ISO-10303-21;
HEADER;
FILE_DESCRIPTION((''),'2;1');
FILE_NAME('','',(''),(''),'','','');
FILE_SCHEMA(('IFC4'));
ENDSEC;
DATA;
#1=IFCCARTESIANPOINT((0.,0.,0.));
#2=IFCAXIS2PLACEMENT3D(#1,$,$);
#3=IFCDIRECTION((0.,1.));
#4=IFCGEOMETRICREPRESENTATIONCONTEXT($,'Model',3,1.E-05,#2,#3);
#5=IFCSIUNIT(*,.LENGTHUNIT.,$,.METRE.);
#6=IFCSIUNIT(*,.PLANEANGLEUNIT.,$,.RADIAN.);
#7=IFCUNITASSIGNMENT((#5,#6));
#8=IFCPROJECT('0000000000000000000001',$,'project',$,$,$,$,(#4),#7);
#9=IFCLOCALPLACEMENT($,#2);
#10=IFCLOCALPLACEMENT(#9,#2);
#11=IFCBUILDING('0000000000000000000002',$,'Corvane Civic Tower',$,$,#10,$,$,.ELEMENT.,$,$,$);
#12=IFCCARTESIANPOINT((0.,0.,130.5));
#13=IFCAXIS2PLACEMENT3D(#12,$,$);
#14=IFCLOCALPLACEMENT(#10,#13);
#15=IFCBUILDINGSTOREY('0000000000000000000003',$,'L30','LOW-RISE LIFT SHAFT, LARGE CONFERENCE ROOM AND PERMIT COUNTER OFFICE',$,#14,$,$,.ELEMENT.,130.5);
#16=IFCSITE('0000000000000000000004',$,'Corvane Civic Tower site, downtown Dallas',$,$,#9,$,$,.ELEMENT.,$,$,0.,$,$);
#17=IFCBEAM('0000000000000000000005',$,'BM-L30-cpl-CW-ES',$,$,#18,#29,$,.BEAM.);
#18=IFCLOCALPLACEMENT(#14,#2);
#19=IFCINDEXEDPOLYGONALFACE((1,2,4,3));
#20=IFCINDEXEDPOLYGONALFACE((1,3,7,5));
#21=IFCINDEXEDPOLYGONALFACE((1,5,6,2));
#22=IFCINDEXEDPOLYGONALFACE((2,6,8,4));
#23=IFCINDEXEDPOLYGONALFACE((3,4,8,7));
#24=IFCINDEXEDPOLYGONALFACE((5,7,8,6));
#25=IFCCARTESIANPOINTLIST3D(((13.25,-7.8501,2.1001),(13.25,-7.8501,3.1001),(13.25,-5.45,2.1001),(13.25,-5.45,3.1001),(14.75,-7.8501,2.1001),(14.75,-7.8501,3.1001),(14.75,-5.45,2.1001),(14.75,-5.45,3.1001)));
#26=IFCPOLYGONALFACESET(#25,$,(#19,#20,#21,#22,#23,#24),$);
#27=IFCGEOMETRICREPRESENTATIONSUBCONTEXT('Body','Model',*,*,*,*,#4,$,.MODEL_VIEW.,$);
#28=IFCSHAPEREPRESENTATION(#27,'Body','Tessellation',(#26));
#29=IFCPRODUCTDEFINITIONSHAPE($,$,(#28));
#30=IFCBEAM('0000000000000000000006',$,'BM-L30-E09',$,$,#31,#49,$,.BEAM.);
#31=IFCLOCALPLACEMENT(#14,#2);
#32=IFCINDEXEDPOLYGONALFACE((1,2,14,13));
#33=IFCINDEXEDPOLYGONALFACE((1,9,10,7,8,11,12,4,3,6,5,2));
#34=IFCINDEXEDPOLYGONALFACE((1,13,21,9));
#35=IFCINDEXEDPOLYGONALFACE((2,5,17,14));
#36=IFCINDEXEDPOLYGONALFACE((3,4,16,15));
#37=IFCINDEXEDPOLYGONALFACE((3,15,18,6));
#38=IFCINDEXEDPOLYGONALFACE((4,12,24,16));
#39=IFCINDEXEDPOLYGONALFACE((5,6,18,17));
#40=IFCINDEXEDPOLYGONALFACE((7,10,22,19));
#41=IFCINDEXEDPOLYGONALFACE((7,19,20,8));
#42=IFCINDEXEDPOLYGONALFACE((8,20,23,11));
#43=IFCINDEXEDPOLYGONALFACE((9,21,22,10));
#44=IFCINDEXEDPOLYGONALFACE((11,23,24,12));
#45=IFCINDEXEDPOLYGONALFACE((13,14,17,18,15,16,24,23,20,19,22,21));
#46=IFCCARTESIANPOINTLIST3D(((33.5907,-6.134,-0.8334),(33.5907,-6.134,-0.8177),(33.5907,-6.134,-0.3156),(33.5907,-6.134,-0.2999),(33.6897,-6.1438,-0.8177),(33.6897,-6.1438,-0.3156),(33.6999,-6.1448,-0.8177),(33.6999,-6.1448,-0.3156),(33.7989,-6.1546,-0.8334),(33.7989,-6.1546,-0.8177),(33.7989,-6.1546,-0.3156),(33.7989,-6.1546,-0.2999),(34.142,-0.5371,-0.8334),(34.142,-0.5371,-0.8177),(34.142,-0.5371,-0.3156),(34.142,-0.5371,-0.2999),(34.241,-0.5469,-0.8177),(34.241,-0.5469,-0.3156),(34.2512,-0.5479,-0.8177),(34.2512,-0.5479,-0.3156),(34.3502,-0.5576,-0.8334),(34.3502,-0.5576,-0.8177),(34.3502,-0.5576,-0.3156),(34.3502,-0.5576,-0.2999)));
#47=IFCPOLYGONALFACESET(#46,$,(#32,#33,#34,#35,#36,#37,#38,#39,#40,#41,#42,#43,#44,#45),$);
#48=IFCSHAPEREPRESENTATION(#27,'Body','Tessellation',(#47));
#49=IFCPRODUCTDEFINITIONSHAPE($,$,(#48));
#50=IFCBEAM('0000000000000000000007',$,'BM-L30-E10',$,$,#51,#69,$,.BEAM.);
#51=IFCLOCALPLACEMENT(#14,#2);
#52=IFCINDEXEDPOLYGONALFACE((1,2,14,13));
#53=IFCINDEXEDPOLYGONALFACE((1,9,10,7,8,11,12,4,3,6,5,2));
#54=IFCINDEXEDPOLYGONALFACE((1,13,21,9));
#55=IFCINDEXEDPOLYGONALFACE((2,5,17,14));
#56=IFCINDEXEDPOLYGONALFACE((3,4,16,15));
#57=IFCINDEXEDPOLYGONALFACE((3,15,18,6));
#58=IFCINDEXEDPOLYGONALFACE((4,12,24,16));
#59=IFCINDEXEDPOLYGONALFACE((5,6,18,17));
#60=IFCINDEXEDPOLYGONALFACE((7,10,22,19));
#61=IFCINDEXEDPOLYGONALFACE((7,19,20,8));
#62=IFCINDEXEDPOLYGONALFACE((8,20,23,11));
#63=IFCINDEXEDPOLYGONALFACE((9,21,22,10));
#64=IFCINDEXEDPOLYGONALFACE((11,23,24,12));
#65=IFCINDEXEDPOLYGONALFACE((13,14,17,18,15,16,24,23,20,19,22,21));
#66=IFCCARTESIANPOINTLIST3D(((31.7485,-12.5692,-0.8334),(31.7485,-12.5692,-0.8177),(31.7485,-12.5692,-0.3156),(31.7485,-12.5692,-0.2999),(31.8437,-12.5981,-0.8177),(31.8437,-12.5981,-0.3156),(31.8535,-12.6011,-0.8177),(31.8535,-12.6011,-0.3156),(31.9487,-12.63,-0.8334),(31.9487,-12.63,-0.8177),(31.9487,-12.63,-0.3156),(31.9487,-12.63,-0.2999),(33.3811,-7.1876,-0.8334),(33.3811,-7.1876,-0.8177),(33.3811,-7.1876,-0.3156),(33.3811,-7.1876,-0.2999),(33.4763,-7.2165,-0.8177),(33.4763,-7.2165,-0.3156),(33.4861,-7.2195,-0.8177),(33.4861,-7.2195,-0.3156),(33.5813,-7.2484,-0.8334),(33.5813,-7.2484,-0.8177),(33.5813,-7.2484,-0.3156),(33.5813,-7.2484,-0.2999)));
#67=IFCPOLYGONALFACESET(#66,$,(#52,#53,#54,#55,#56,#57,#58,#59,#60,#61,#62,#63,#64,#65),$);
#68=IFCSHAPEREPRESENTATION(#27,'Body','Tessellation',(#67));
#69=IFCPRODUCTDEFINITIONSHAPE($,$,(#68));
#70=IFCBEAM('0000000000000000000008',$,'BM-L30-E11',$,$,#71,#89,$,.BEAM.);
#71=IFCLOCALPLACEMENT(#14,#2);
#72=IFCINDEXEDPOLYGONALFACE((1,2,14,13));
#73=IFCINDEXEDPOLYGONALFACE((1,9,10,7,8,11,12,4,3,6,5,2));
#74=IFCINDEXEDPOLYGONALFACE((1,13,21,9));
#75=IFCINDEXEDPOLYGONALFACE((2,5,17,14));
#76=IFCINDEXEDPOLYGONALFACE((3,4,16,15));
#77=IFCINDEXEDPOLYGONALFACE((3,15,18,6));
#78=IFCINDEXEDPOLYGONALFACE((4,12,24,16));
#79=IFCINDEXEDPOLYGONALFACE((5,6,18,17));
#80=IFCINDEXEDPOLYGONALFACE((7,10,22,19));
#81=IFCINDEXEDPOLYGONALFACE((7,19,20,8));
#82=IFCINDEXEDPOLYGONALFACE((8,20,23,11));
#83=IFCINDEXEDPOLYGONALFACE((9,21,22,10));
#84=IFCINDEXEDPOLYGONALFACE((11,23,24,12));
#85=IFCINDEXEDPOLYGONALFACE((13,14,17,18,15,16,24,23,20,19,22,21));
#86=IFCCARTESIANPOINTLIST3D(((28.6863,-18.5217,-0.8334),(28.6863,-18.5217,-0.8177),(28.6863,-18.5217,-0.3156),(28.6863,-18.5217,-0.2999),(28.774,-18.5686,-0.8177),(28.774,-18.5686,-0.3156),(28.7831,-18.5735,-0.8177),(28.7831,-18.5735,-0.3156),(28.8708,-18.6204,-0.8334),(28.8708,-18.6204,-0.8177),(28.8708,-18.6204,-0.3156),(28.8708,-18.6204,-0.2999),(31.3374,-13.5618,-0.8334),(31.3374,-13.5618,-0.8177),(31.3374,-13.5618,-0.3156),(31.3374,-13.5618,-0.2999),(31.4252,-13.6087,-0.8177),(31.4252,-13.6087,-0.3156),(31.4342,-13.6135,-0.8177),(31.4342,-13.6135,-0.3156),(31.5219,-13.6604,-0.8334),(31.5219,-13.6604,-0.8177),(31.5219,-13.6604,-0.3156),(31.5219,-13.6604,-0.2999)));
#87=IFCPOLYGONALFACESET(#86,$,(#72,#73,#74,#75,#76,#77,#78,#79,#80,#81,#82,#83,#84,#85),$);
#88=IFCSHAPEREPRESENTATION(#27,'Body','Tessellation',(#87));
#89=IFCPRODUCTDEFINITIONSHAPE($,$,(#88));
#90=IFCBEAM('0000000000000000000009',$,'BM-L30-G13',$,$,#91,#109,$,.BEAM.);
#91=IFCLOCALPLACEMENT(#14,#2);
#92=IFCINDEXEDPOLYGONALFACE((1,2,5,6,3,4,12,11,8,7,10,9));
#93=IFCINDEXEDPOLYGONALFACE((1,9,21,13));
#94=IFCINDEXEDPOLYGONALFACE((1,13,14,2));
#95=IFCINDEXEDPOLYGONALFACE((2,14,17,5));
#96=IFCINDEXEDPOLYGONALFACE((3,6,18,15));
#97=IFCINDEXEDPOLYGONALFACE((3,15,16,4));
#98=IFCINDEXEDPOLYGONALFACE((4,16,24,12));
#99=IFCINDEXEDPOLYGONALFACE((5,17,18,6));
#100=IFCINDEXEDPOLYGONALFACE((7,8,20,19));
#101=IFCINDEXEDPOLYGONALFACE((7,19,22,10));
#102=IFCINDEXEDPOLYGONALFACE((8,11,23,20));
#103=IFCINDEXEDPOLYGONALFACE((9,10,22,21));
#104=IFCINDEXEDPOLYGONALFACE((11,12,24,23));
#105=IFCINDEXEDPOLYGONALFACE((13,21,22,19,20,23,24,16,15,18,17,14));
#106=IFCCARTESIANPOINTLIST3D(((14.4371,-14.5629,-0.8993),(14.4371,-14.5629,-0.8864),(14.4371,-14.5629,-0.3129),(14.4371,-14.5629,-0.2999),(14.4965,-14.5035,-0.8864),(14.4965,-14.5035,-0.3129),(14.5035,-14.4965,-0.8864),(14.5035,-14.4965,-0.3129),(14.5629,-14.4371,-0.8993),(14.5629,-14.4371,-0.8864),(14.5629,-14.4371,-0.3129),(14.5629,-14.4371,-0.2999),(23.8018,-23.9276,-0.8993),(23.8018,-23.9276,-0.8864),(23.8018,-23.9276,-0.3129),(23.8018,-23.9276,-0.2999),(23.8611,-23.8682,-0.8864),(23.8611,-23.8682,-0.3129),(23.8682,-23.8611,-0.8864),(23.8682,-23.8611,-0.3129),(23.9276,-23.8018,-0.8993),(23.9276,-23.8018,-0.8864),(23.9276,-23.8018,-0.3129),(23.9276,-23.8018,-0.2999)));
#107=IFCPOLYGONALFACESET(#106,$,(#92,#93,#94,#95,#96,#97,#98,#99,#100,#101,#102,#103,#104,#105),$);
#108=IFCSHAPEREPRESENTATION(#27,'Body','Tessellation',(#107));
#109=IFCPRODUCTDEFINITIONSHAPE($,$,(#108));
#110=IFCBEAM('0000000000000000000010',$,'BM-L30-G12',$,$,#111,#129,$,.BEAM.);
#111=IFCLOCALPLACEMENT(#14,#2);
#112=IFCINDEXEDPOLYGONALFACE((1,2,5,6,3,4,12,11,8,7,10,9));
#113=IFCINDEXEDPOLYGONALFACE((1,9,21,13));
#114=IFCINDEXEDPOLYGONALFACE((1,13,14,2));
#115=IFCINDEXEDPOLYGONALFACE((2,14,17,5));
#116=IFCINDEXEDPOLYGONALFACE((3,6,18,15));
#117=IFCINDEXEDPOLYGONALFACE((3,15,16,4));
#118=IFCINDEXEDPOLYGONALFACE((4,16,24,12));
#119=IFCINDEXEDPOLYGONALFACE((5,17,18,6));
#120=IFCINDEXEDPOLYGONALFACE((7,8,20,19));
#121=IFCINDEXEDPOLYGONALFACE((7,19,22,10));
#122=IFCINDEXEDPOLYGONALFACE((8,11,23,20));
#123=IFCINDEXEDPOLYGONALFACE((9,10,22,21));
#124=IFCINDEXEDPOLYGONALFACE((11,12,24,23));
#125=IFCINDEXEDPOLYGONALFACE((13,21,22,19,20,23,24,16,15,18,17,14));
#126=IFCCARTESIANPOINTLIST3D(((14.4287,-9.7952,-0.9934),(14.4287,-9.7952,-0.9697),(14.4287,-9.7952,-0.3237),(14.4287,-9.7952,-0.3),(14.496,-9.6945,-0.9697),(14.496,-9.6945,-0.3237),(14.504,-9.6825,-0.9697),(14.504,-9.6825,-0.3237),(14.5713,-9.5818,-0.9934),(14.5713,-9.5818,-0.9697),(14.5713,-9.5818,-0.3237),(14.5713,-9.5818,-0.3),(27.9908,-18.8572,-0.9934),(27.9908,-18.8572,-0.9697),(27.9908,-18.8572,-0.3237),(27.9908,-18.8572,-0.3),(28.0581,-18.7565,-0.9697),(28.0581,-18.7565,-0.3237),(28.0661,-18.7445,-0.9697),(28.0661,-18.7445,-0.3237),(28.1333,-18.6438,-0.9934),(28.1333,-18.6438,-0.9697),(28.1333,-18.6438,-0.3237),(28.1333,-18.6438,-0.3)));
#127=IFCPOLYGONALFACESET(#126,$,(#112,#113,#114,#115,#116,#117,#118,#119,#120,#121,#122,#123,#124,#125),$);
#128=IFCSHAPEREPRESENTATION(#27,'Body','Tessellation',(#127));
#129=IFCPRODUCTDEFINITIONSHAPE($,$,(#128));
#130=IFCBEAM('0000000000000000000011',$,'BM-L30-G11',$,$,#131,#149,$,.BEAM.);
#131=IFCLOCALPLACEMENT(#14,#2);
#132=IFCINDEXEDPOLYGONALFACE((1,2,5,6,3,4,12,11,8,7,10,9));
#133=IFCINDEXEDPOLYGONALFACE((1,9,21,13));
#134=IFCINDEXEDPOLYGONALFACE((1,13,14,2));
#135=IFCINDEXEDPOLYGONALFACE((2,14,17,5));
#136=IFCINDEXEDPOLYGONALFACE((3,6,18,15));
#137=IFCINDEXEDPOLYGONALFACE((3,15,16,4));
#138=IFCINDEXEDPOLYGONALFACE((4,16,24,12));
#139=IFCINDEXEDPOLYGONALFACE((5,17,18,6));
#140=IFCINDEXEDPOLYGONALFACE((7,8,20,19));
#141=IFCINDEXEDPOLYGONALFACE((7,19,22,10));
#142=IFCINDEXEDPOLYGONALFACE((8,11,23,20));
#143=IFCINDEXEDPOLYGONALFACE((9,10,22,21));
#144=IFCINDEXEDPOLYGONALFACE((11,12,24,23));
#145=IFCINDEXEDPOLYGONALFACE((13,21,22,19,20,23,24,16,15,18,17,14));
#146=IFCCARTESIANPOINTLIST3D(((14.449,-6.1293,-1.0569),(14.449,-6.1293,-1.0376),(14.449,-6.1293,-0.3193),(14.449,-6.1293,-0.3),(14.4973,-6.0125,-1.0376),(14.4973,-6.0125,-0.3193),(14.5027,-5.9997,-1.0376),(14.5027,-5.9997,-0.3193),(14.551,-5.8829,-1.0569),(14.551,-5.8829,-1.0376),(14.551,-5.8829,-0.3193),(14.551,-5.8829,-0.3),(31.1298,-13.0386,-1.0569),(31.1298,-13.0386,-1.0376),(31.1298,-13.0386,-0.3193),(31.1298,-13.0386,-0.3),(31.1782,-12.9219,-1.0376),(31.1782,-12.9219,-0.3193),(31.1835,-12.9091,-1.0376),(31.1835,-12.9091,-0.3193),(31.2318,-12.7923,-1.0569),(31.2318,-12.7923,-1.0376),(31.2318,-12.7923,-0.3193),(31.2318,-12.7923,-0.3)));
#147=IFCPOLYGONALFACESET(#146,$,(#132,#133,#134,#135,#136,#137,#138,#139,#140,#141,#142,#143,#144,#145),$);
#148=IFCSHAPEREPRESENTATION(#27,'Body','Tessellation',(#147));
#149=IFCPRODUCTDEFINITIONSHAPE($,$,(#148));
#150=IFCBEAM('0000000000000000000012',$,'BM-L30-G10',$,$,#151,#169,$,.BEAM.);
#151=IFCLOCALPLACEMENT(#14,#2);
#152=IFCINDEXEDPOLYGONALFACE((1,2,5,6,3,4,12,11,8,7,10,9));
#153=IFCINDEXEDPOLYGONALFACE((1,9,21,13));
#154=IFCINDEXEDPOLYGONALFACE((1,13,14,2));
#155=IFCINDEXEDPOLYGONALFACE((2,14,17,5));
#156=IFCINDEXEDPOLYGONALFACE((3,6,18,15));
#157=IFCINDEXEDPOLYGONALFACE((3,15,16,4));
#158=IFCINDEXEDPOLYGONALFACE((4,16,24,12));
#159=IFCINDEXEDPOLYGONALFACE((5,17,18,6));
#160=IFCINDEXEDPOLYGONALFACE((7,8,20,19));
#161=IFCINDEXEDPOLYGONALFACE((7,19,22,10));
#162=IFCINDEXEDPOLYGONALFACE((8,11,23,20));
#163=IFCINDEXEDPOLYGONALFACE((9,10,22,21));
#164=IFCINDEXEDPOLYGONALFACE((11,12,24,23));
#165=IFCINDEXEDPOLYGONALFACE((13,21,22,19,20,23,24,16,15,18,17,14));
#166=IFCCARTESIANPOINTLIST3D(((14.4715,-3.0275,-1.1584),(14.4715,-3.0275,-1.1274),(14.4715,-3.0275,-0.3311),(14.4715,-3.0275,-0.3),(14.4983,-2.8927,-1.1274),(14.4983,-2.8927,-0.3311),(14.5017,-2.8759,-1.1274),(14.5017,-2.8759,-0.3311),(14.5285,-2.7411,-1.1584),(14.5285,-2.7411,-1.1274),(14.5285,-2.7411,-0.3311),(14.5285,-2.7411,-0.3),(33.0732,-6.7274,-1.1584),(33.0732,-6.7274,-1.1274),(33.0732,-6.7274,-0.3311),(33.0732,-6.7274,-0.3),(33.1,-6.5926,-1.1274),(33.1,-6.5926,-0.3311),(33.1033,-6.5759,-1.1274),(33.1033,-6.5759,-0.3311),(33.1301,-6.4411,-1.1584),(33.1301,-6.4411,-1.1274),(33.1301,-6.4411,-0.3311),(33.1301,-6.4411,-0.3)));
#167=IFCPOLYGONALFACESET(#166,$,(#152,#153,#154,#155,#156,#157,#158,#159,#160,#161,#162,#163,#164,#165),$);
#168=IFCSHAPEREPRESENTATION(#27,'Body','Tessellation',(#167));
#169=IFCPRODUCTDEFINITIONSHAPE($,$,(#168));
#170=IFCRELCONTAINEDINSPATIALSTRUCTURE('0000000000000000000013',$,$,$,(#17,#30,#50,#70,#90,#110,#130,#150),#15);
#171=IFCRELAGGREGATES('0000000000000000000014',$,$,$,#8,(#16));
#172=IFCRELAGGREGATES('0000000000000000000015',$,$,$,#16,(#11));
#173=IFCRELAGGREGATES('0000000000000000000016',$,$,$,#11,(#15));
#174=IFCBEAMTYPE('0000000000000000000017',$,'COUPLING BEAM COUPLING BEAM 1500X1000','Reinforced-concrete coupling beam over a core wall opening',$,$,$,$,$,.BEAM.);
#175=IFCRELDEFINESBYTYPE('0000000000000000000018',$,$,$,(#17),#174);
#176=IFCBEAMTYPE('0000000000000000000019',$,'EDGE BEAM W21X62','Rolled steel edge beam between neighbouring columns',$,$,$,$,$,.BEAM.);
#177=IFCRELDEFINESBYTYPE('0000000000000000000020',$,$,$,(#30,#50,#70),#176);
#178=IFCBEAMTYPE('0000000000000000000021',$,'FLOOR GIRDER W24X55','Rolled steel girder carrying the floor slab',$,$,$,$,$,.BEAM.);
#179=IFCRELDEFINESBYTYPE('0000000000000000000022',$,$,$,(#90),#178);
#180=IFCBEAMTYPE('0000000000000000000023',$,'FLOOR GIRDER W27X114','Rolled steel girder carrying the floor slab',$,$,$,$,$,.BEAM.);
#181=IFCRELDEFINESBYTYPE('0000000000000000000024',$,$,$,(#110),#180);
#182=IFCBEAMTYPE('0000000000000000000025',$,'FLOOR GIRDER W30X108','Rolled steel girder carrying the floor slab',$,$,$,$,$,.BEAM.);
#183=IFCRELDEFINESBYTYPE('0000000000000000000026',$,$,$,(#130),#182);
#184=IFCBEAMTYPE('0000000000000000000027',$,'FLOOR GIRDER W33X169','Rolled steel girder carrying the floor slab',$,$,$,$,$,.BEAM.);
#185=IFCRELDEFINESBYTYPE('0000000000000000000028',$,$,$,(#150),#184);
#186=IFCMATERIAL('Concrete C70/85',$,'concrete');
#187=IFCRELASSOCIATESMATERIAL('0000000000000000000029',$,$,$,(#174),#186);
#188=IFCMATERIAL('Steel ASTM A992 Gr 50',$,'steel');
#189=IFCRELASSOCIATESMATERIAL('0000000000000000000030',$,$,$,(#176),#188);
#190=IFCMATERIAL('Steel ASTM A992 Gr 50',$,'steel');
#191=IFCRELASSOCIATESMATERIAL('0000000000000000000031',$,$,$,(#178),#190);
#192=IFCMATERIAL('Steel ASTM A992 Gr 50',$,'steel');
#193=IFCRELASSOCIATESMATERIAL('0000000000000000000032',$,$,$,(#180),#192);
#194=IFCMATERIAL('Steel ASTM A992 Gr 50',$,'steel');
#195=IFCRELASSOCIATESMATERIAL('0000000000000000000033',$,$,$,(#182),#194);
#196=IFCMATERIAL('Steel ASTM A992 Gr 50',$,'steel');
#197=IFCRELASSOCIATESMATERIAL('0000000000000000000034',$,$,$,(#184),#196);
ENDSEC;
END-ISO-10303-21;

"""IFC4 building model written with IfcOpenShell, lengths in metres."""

from ifc_helpers import new_model, si_unit, direction, frame, origin, origin_2d, place, context, subcontext, project, spatial, rectangle, i_section, extrude, material, material_profile, profile_set, type_object, element, save


model = new_model("IFC4")

# Units and contexts
model_context = context("Model", 3, precision=1e-05, world=origin(), true_north=direction((0.0, 1.0)))
body_context = subcontext(model_context, "Body", "Model", "MODEL_VIEW")
ifc_project = project(units=[si_unit("LENGTHUNIT", "METRE"), si_unit("PLANEANGLEUNIT", "RADIAN")], contexts=[model_context])

# Site, building, storey
site_placement = place(None, origin())
site = spatial("IfcSite", under=ifc_project, at=site_placement, Name="Corvane Civic Tower site, downtown Dallas", CompositionType="ELEMENT", RefElevation=0.0)
building_placement = place(site_placement, origin())
building = spatial("IfcBuilding", under=site, at=building_placement, Name="Corvane Civic Tower", CompositionType="ELEMENT")
storey_placement = place(building_placement, frame((0.0, 0.0, 130.5)))
storey = spatial("IfcBuildingStorey", under=building, at=storey_placement, Name="L30", Description="LOW-RISE LIFT SHAFT, LARGE CONFERENCE ROOM AND PERMIT COUNTER OFFICE", CompositionType="ELEMENT", Elevation=130.5)

# Beams
ifc_material_1 = material(Name="Concrete C70/85", Category="concrete")
ifc_material_profile_1 = material_profile(ifc_material_1, rectangle(XDim=1.5, YDim=1.0, at=origin_2d()), Name="COUPLING BEAM 1500X1000")
ifc_profile_set_1 = profile_set([ifc_material_profile_1], Name="Concrete C70/85")
beam_type_1 = type_object("IfcBeamType", Name="COUPLING BEAM COUPLING BEAM 1500X1000", Description="Reinforced-concrete coupling beam over a core wall opening", PredefinedType="BEAM", material=ifc_profile_set_1)
beam_1_placement = place(storey_placement, frame((14.0, -7.8501, 2.6001), z_axis=(0.0, 1.0, 0.0), x_axis=(-1.0, 0.0, 0.0)))
element("IfcBeam", 1, at=beam_1_placement, inside=storey, type_object=beam_type_1, Name="BM-L30-cpl-CW-ES", PredefinedType="BEAM", context=body_context, shape_type="SweptSolid", body=[
    extrude(rectangle(XDim=1.5, YDim=1.0, at=origin_2d()), origin(), (0.0, 0.0, 1.0), 2.4001),
])
ifc_material_2 = material(Name="Steel ASTM A992 Gr 50", Category="steel")
ifc_material_profile_2 = material_profile(ifc_material_2, i_section(OverallWidth=0.2092, OverallDepth=0.5334, WebThickness=0.0103, FlangeThickness=0.0156, at=origin_2d()), Name="W21X62")
ifc_profile_set_2 = profile_set([ifc_material_profile_2], Name="Steel ASTM A992 Gr 50")
beam_type_2 = type_object("IfcBeamType", Name="EDGE BEAM W21X62", Description="Rolled steel edge beam between neighbouring columns", PredefinedType="BEAM", material=ifc_profile_set_2)
beam_2_placement = place(storey_placement, frame((34.2461, -0.5474, -0.5667), z_axis=(-0.098021, -0.995184, 0.0), x_axis=(0.995184, -0.098021, 0.0)))
element("IfcBeam", 2, at=beam_2_placement, inside=storey, type_object=beam_type_2, Name="BM-L30-E09", PredefinedType="BEAM", context=body_context, shape_type="SweptSolid", body=[
    extrude(i_section(OverallWidth=0.2092, OverallDepth=0.5334, WebThickness=0.0103, FlangeThickness=0.0156, at=origin_2d()), origin(), (0.0, 0.0, 1.0), 5.624),
])
beam_3_placement = place(storey_placement, frame((33.4812, -7.218, -0.5667), z_axis=(-0.290298, -0.956936, 0.0), x_axis=(0.956936, -0.290298, 0.0)))
element("IfcBeam", 3, at=beam_3_placement, inside=storey, type_object=beam_type_2, Name="BM-L30-E10", PredefinedType="BEAM", context=body_context, shape_type="SweptSolid", body=[
    extrude(i_section(OverallWidth=0.2092, OverallDepth=0.5334, WebThickness=0.0103, FlangeThickness=0.0156, at=origin_2d()), origin(), (0.0, 0.0, 1.0), 5.6238),
])
beam_4_placement = place(storey_placement, frame((31.4297, -13.6111, -0.5667), z_axis=(-0.471392, -0.881924, 0.0), x_axis=(0.881924, -0.471392, 0.0)))
element("IfcBeam", 4, at=beam_4_placement, inside=storey, type_object=beam_type_2, Name="BM-L30-E11", PredefinedType="BEAM", context=body_context, shape_type="SweptSolid", body=[
    extrude(i_section(OverallWidth=0.2092, OverallDepth=0.5334, WebThickness=0.0103, FlangeThickness=0.0156, at=origin_2d()), origin(), (0.0, 0.0, 1.0), 5.624),
])
ifc_material_3 = material(Name="Steel ASTM A992 Gr 50", Category="steel")
ifc_material_profile_3 = material_profile(ifc_material_3, i_section(OverallWidth=0.178, OverallDepth=0.5994, WebThickness=0.01, FlangeThickness=0.0129, at=origin_2d()), Name="W24X55")
ifc_profile_set_3 = profile_set([ifc_material_profile_3], Name="Steel ASTM A992 Gr 50")
beam_type_3 = type_object("IfcBeamType", Name="FLOOR GIRDER W24X55", Description="Rolled steel girder carrying the floor slab", PredefinedType="BEAM", material=ifc_profile_set_3)
beam_5_placement = place(storey_placement, frame((14.5, -14.5, -0.5996), z_axis=(0.707107, -0.707107, 0.0), x_axis=(0.707107, 0.707107, 0.0)))
element("IfcBeam", 5, at=beam_5_placement, inside=storey, type_object=beam_type_3, Name="BM-L30-G13", PredefinedType="BEAM", context=body_context, shape_type="SweptSolid", body=[
    extrude(i_section(OverallWidth=0.178, OverallDepth=0.5994, WebThickness=0.01, FlangeThickness=0.0129, at=origin_2d()), origin(), (0.0, 0.0, 1.0), 13.2437),
])
ifc_material_4 = material(Name="Steel ASTM A992 Gr 50", Category="steel")
ifc_material_profile_4 = material_profile(ifc_material_4, i_section(OverallWidth=0.2566, OverallDepth=0.6934, WebThickness=0.0144, FlangeThickness=0.0237, at=origin_2d()), Name="W27X114")
ifc_profile_set_4 = profile_set([ifc_material_profile_4], Name="Steel ASTM A992 Gr 50")
beam_type_4 = type_object("IfcBeamType", Name="FLOOR GIRDER W27X114", Description="Rolled steel girder carrying the floor slab", PredefinedType="BEAM", material=ifc_profile_set_4)
beam_6_placement = place(storey_placement, frame((14.5, -9.6885, -0.6467), z_axis=(0.831465, -0.555577, 0.0), x_axis=(0.555577, 0.831465, 0.0)))
element("IfcBeam", 6, at=beam_6_placement, inside=storey, type_object=beam_type_4, Name="BM-L30-G12", PredefinedType="BEAM", context=body_context, shape_type="SweptSolid", body=[
    extrude(i_section(OverallWidth=0.2566, OverallDepth=0.6934, WebThickness=0.0144, FlangeThickness=0.0237, at=origin_2d()), origin(), (0.0, 0.0, 1.0), 16.311),
])
ifc_material_5 = material(Name="Steel ASTM A992 Gr 50", Category="steel")
ifc_material_profile_5 = material_profile(ifc_material_5, i_section(OverallWidth=0.2666, OverallDepth=0.7568, WebThickness=0.0139, FlangeThickness=0.0193, at=origin_2d()), Name="W30X108")
ifc_profile_set_5 = profile_set([ifc_material_profile_5], Name="Steel ASTM A992 Gr 50")
beam_type_5 = type_object("IfcBeamType", Name="FLOOR GIRDER W30X108", Description="Rolled steel girder carrying the floor slab", PredefinedType="BEAM", material=ifc_profile_set_5)
beam_7_placement = place(storey_placement, frame((14.5, -6.0061, -0.6785), z_axis=(0.92388, -0.382682, 0.0), x_axis=(0.382682, 0.92388, 0.0)))
element("IfcBeam", 7, at=beam_7_placement, inside=storey, type_object=beam_type_5, Name="BM-L30-G11", PredefinedType="BEAM", context=body_context, shape_type="SweptSolid", body=[
    extrude(i_section(OverallWidth=0.2666, OverallDepth=0.7568, WebThickness=0.0139, FlangeThickness=0.0193, at=origin_2d()), origin(), (0.0, 0.0, 1.0), 18.0552),
])
ifc_material_6 = material(Name="Steel ASTM A992 Gr 50", Category="steel")
ifc_material_profile_6 = material_profile(ifc_material_6, i_section(OverallWidth=0.292, OverallDepth=0.8584, WebThickness=0.0171, FlangeThickness=0.031, at=origin_2d()), Name="W33X169")
ifc_profile_set_6 = profile_set([ifc_material_profile_6], Name="Steel ASTM A992 Gr 50")
beam_type_6 = type_object("IfcBeamType", Name="FLOOR GIRDER W33X169", Description="Rolled steel girder carrying the floor slab", PredefinedType="BEAM", material=ifc_profile_set_6)
beam_8_placement = place(storey_placement, frame((14.5, -2.8843, -0.7292), z_axis=(0.980787, -0.195084, 0.0), x_axis=(0.195084, 0.980787, 0.0)))
element("IfcBeam", 8, at=beam_8_placement, inside=storey, type_object=beam_type_6, Name="BM-L30-G10", PredefinedType="BEAM", context=body_context, shape_type="SweptSolid", body=[
    extrude(i_section(OverallWidth=0.292, OverallDepth=0.8584, WebThickness=0.0171, FlangeThickness=0.031, at=origin_2d()), origin(), (0.0, 0.0, 1.0), 18.9661),
])

save(model, "model.ifc")
